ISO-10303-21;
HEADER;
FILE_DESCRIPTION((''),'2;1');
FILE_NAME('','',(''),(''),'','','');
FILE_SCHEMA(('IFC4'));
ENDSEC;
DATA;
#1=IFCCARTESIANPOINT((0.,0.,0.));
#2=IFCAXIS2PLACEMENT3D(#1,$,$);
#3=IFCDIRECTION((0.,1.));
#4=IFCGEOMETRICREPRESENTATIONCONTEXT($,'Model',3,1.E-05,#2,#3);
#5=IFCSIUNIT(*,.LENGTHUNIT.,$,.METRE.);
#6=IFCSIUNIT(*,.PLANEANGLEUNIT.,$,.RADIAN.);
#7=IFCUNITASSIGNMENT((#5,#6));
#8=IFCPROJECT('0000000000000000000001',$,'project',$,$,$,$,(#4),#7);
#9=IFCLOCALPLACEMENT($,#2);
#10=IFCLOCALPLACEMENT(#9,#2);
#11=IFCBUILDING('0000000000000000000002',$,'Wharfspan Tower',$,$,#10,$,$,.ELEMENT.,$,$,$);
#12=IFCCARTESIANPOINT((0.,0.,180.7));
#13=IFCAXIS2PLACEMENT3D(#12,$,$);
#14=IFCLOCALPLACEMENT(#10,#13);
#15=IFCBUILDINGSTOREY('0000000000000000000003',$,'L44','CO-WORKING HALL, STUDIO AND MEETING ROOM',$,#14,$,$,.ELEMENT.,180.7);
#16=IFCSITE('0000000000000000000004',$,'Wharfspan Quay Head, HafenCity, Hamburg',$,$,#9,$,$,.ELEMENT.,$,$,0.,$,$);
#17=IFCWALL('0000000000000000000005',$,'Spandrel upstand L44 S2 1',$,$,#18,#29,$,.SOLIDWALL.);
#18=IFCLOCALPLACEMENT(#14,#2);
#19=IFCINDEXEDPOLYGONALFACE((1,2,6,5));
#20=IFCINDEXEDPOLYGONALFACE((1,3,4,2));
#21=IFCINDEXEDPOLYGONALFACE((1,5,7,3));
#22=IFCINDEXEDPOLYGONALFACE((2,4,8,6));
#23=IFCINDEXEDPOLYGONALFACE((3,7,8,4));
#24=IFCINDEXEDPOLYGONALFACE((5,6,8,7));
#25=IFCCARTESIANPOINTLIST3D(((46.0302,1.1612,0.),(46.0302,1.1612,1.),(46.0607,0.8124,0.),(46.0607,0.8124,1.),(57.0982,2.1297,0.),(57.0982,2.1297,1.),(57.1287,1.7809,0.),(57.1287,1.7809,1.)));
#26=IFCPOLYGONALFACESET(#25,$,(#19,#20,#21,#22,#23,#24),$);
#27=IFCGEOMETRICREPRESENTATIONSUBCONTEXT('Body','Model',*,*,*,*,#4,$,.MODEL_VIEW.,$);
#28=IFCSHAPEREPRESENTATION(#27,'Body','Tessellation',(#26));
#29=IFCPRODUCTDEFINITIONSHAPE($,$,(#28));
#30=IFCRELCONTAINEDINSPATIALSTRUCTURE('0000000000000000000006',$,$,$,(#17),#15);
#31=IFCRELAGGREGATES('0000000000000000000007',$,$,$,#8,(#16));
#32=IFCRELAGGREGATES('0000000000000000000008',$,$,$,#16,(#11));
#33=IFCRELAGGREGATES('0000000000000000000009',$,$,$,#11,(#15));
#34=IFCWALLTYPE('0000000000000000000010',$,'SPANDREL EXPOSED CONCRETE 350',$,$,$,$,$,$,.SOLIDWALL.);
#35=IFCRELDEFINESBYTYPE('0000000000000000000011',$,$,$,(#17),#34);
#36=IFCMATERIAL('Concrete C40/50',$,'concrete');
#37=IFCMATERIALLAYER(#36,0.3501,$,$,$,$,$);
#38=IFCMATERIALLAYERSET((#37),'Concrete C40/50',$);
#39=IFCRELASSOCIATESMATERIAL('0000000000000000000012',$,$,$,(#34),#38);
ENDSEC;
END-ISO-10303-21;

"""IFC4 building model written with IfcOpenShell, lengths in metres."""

from ifc_helpers import new_model, si_unit, direction, frame, frame_2d, origin, place, context, subcontext, project, spatial, rectangle, extrude, material, layer, layer_set, type_object, element, save


model = new_model("IFC4")

# Units and contexts
model_context = context("Model", 3, precision=1e-05, world=origin(), true_north=direction((0.0, 1.0)))
body_context = subcontext(model_context, "Body", "Model", "MODEL_VIEW")
ifc_project = project(units=[si_unit("LENGTHUNIT", "METRE"), si_unit("PLANEANGLEUNIT", "RADIAN")], contexts=[model_context])

# Site, building, storey
site_placement = place(None, origin())
site = spatial("IfcSite", under=ifc_project, at=site_placement, Name="Wharfspan Quay Head, HafenCity, Hamburg", CompositionType="ELEMENT", RefElevation=0.0)
building_placement = place(site_placement, origin())
building = spatial("IfcBuilding", under=site, at=building_placement, Name="Wharfspan Tower", CompositionType="ELEMENT")
storey_placement = place(building_placement, frame((0.0, 0.0, 180.7)))
storey = spatial("IfcBuildingStorey", under=building, at=storey_placement, Name="L44", Description="CO-WORKING HALL, STUDIO AND MEETING ROOM", CompositionType="ELEMENT", Elevation=180.7)

# Wall
ifc_material_1 = material(Name="Concrete C40/50", Category="concrete")
ifc_layer_1 = layer(ifc_material_1, 0.3501)
ifc_layer_set_1 = layer_set([ifc_layer_1], Name="Concrete C40/50")
wall_type_1 = type_object("IfcWallType", Name="SPANDREL EXPOSED CONCRETE 350", PredefinedType="SOLIDWALL", material=ifc_layer_set_1)
wall_1_placement = place(storey_placement, frame((46.0454, 0.9868, 0.0), z_axis=(0.0, 0.0, 1.0), x_axis=(0.996193, 0.087171, 0.0)))
element("IfcWall", 1, at=wall_1_placement, inside=storey, type_object=wall_type_1, Name="Spandrel upstand L44 S2 1", PredefinedType="SOLIDWALL", context=body_context, shape_type="SweptSolid", body=[
    extrude(rectangle(XDim=11.1104, YDim=0.3501, at=frame_2d((5.5552, 0.0))), origin(), (0.0, 0.0, 1.0), 1.0),
])

save(model, "model.ifc")
